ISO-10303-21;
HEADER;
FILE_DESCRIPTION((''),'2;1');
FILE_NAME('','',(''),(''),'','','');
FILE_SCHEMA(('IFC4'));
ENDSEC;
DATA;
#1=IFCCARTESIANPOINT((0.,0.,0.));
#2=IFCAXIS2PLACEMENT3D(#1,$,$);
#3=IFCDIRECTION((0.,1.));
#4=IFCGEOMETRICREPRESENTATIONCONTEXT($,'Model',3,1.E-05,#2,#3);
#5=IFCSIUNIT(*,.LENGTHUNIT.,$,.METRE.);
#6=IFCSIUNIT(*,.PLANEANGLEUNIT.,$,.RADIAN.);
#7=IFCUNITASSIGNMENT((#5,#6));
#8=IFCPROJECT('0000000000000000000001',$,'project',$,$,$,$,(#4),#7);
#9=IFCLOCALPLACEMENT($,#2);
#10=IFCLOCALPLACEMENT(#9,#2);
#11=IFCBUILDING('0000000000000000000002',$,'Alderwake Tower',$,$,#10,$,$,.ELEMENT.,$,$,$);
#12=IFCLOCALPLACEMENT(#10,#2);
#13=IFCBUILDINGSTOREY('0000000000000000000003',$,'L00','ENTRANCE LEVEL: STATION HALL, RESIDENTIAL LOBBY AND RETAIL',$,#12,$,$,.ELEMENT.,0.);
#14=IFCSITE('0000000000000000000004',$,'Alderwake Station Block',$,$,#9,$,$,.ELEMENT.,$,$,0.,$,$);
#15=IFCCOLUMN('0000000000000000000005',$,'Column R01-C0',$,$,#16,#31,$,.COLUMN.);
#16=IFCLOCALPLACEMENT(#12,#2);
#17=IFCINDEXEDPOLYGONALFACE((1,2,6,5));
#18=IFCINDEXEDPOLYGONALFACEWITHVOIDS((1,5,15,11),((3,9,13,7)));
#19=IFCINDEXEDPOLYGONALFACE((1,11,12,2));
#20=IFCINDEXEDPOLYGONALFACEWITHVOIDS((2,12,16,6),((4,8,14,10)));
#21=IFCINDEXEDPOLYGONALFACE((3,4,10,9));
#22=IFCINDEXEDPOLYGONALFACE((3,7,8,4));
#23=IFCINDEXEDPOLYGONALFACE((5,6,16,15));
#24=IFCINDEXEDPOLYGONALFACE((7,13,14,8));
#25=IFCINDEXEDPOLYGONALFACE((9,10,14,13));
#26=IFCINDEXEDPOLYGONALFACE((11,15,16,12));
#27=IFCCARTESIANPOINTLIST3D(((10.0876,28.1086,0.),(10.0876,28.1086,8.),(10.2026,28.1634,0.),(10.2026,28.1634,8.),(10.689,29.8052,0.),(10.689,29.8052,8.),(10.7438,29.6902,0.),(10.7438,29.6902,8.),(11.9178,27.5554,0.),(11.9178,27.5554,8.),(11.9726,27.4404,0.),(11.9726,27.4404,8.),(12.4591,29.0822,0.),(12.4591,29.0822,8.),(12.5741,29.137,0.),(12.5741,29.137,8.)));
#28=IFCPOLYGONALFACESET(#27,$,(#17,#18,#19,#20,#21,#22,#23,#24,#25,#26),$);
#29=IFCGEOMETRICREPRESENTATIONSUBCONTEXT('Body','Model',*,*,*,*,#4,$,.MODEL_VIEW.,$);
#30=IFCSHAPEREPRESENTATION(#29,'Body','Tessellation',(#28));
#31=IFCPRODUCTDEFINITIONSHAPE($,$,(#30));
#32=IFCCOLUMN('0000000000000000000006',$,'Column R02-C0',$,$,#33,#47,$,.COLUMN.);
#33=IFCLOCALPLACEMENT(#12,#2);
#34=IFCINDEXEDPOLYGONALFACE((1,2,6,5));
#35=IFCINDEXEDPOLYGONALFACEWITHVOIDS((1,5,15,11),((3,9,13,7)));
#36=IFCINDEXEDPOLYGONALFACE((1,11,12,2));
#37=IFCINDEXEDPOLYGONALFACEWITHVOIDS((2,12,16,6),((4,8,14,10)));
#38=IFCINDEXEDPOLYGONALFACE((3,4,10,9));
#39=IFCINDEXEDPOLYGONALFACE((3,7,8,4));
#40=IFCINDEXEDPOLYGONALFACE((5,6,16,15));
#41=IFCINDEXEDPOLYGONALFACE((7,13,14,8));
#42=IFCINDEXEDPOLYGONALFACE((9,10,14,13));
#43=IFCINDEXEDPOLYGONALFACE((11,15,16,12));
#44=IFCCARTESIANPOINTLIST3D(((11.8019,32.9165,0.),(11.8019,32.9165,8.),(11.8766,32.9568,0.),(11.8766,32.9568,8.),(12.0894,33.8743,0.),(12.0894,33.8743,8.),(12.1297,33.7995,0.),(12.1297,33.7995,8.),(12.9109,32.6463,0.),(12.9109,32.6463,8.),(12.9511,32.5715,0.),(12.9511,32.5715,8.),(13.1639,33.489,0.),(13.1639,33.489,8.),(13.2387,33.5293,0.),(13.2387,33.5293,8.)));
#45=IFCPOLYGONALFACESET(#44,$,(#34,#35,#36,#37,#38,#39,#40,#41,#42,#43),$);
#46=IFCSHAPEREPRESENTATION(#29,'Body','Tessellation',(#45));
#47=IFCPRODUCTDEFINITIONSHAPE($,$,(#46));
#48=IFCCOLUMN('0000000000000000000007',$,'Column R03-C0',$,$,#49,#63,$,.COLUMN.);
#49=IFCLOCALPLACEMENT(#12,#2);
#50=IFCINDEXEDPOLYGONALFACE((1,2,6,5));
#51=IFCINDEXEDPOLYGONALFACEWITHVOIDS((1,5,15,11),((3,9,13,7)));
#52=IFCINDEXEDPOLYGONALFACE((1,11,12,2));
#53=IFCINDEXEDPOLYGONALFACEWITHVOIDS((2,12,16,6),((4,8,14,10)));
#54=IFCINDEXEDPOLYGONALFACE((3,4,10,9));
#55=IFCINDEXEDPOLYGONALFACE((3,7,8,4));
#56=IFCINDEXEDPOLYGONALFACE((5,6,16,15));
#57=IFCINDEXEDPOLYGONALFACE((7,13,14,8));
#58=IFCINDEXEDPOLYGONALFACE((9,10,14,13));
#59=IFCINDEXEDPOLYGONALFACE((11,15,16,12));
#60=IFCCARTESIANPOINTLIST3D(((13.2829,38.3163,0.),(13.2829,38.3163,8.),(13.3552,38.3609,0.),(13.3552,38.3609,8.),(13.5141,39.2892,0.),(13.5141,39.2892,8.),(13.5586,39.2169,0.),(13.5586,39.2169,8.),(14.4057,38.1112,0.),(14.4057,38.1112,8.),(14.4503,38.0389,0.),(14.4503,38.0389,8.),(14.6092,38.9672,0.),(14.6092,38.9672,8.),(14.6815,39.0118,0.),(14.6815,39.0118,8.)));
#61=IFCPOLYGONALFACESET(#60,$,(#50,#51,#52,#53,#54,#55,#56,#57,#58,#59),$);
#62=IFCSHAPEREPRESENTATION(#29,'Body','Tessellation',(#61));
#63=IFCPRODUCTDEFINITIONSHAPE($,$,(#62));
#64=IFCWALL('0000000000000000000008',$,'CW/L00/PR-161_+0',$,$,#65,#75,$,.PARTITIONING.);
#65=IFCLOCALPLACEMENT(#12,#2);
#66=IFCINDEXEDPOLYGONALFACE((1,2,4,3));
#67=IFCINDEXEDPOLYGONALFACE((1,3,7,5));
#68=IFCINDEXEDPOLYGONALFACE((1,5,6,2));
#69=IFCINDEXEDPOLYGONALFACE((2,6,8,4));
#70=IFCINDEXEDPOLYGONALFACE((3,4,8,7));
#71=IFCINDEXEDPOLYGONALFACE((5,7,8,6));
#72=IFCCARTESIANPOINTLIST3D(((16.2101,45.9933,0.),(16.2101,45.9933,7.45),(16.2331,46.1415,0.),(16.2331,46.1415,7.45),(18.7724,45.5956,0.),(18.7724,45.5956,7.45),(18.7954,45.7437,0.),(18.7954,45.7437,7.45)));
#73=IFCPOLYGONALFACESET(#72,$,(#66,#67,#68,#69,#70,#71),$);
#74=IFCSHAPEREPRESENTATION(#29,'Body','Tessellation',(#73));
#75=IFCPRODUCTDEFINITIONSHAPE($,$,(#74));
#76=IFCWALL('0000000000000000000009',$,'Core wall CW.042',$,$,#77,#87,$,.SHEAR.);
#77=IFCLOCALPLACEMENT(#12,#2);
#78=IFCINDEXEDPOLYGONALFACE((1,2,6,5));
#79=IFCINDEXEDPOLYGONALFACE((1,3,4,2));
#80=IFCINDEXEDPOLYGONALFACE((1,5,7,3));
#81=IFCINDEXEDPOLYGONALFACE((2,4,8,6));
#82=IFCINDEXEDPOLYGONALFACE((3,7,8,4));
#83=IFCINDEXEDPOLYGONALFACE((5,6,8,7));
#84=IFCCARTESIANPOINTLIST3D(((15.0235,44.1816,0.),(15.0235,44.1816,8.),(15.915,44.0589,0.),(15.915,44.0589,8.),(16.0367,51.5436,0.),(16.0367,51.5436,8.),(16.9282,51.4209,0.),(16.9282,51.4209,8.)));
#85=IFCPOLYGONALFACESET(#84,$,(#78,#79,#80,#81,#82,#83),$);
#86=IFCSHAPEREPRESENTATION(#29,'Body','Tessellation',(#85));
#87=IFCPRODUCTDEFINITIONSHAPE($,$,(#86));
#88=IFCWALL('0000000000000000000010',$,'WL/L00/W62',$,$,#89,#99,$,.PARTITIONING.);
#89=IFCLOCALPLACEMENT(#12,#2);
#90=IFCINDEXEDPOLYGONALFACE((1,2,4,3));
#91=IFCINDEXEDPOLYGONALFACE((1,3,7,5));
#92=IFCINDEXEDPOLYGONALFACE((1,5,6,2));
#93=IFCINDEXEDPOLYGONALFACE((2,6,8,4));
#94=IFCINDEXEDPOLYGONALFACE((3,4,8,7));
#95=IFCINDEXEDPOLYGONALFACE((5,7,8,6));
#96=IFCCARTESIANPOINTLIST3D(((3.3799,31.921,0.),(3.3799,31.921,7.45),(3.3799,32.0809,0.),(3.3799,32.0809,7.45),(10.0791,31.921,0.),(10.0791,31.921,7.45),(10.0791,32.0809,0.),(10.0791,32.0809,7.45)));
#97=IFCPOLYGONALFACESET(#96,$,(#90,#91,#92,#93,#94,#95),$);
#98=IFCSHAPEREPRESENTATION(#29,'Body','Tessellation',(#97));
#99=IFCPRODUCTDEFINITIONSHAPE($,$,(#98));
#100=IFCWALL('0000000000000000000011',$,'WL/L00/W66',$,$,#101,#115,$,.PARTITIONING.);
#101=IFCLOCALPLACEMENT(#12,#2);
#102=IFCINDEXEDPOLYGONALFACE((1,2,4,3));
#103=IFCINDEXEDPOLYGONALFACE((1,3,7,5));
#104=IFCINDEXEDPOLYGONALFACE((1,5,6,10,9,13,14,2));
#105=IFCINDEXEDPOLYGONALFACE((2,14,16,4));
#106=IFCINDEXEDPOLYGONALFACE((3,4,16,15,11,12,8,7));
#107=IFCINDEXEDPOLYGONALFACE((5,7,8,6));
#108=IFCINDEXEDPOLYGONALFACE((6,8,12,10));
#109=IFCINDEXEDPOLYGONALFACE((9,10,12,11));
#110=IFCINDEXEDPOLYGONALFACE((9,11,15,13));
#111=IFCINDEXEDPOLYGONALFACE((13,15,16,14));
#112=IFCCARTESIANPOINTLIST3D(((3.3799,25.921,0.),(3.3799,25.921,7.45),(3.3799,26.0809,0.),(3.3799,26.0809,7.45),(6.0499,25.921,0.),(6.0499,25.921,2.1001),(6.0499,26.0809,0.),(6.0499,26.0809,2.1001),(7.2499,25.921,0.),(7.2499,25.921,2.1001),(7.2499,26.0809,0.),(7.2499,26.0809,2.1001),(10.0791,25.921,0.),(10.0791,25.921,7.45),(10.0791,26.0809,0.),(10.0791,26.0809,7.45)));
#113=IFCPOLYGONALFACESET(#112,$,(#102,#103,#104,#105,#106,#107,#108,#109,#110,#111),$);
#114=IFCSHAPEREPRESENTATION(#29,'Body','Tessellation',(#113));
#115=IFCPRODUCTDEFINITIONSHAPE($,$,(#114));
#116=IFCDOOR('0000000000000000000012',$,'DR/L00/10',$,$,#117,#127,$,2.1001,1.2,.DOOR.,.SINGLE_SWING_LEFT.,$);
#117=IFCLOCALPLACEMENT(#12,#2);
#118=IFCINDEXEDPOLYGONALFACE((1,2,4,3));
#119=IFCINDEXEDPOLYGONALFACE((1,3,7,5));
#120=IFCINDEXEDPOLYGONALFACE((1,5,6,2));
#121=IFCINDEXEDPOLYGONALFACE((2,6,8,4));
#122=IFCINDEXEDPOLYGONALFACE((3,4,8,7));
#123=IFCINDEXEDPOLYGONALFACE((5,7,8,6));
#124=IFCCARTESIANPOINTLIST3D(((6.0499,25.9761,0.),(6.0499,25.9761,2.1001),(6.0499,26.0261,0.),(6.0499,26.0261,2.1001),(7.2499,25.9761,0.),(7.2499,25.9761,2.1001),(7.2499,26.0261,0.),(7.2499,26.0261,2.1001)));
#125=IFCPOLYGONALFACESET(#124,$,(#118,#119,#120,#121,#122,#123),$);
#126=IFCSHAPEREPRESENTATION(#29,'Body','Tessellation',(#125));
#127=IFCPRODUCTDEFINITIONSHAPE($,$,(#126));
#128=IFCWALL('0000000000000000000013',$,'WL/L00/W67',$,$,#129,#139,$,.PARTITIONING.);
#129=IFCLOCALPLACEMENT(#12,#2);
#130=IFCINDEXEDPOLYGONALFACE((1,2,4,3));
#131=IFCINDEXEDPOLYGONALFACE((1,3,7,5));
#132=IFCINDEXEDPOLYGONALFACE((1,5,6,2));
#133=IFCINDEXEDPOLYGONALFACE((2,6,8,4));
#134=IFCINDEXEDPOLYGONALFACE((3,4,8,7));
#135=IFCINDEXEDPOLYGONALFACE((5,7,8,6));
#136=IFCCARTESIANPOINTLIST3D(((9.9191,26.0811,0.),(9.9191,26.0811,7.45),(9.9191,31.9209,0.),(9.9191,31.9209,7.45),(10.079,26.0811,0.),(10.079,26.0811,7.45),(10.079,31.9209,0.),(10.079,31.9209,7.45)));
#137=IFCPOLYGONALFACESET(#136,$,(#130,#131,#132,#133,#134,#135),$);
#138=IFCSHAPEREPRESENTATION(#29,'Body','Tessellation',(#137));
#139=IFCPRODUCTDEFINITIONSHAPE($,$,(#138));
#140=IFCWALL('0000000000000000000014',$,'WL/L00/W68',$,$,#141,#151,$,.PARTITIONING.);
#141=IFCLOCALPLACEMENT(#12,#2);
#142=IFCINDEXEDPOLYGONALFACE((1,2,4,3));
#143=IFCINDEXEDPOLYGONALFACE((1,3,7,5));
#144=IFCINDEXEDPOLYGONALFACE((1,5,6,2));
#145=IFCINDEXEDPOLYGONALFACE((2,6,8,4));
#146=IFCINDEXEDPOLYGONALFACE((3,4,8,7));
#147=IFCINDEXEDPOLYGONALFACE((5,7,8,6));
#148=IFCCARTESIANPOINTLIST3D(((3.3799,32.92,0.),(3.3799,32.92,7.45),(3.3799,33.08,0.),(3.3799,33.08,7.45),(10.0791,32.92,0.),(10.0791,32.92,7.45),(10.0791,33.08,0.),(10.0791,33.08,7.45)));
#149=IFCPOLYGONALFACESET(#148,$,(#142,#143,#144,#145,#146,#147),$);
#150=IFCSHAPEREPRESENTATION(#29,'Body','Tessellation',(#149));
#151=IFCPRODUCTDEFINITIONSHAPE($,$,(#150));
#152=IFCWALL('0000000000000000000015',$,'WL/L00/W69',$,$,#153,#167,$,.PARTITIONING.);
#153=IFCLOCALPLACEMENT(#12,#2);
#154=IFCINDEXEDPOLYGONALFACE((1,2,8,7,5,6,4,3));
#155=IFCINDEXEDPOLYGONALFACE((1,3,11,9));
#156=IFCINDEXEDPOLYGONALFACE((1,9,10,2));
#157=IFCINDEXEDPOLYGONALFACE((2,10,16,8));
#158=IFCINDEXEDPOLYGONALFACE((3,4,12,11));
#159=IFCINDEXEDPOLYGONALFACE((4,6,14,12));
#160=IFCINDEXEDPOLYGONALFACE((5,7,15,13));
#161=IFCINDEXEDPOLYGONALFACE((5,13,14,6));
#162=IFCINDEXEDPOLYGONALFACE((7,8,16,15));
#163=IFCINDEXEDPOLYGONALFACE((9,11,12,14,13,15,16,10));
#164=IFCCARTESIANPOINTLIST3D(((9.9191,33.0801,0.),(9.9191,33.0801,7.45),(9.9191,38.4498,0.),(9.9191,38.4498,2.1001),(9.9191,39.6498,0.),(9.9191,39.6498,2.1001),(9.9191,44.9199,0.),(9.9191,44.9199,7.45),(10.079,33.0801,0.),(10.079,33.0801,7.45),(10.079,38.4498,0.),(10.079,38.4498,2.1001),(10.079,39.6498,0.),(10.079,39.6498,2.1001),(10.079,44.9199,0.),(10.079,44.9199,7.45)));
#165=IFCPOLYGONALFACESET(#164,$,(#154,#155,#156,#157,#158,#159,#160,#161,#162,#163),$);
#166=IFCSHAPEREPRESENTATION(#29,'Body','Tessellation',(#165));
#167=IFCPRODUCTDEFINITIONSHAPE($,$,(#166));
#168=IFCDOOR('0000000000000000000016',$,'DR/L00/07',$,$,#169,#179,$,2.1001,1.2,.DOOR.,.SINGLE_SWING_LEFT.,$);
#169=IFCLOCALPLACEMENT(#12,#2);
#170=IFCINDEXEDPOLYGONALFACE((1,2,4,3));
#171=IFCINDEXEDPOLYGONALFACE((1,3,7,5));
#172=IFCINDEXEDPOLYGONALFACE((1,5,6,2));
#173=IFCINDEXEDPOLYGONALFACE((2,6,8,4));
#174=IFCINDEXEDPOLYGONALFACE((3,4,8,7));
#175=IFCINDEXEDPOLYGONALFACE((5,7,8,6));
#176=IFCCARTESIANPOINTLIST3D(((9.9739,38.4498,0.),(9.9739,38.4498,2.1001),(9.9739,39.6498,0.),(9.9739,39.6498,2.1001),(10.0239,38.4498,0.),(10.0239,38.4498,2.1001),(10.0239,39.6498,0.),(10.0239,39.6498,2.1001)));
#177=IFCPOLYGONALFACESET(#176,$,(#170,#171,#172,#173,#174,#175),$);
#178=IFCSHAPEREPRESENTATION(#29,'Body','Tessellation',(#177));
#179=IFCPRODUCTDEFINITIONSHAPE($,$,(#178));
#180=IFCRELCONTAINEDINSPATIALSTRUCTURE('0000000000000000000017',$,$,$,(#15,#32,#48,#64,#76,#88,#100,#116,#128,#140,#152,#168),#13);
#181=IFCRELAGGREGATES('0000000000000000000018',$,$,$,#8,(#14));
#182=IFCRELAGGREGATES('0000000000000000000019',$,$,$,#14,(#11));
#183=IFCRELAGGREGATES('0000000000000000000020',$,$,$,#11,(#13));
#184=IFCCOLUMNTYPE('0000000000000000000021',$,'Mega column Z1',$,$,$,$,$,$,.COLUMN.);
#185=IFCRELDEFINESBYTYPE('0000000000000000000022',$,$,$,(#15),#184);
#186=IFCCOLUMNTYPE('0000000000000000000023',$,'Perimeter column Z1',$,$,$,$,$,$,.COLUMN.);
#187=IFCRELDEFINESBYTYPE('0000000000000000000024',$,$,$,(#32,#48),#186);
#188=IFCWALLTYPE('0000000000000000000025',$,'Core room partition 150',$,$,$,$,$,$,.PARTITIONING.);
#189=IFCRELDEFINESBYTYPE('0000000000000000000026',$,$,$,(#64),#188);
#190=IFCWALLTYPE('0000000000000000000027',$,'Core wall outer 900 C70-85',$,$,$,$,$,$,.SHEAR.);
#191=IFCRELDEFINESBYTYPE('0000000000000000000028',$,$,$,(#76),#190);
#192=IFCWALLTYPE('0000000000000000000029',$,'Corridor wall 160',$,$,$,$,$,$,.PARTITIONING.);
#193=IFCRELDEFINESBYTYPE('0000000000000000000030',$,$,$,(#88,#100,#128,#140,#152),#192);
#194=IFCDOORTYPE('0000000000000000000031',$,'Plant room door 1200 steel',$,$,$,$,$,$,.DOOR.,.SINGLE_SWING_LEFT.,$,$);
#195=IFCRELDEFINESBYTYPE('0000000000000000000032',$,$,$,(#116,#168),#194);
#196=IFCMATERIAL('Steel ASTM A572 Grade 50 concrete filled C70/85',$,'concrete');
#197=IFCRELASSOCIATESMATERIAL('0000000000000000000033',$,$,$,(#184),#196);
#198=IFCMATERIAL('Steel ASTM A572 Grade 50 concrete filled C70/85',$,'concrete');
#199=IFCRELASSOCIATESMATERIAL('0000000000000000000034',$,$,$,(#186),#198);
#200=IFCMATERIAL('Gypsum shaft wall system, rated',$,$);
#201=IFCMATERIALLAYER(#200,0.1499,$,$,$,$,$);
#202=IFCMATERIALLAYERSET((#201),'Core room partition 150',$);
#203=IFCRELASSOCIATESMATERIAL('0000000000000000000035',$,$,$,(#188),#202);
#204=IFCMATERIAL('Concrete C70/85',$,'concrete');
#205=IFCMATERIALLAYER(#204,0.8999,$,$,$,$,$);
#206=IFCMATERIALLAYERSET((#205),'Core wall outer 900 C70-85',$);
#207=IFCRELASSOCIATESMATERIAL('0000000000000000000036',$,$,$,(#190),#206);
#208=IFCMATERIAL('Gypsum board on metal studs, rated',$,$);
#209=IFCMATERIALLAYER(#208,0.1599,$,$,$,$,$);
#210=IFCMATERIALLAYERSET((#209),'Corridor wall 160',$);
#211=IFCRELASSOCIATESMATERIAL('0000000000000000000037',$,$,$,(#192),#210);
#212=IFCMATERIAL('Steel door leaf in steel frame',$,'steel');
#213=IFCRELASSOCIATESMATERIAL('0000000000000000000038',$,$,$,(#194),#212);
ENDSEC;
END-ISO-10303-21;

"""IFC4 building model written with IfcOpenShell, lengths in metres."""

from ifc_helpers import new_model, si_unit, direction, frame, frame_2d, origin, origin_2d, place, context, subcontext, project, spatial, rectangle, hollow_rectangle, extrude, material, layer, layer_set, material_profile, profile_set, type_object, element, fill, save


model = new_model("IFC4")

# Units and contexts
model_context = context("Model", 3, precision=1e-05, world=origin(), true_north=direction((0.0, 1.0)))
body_context = subcontext(model_context, "Body", "Model", "MODEL_VIEW")
ifc_project = project(units=[si_unit("LENGTHUNIT", "METRE"), si_unit("PLANEANGLEUNIT", "RADIAN")], contexts=[model_context])

# Site, building, storey
site_placement = place(None, origin())
site = spatial("IfcSite", under=ifc_project, at=site_placement, Name="Alderwake Station Block", CompositionType="ELEMENT", RefElevation=0.0)
building_placement = place(site_placement, origin())
building = spatial("IfcBuilding", under=site, at=building_placement, Name="Alderwake Tower", CompositionType="ELEMENT")
storey_placement = place(building_placement, origin())
storey = spatial("IfcBuildingStorey", under=building, at=storey_placement, Name="L00", Description="ENTRANCE LEVEL: STATION HALL, RESIDENTIAL LOBBY AND RETAIL", CompositionType="ELEMENT", Elevation=0.0)

# Columns
ifc_material_1 = material(Name="Steel ASTM A572 Grade 50 concrete filled C70/85", Category="concrete")
ifc_material_profile_1 = material_profile(ifc_material_1, hollow_rectangle(XDim=1.8, YDim=2.0, WallThickness=0.0901, at=origin_2d()), Name="BOX 2000X1800X90")
ifc_profile_set_1 = profile_set([ifc_material_profile_1], Name="Steel ASTM A572 Grade 50 concrete filled C70/85")
column_type_1 = type_object("IfcColumnType", Name="Mega column Z1", PredefinedType="COLUMN", material=ifc_profile_set_1)
column_placement = place(storey_placement, frame((11.3308, 28.6228, 0.0), z_axis=(0.0, 0.0, 1.0), x_axis=(0.334131, 0.942527, 0.0)))
element("IfcColumn", 1, at=column_placement, inside=storey, type_object=column_type_1, Name="Column R01-C0", PredefinedType="COLUMN", context=body_context, shape_type="SweptSolid", body=[
    extrude(hollow_rectangle(XDim=1.8, YDim=2.0, WallThickness=0.0901, at=origin_2d()), origin(), (0.0, 0.0, 1.0), 8.0),
])
ifc_material_2 = material(Name="Steel ASTM A572 Grade 50 concrete filled C70/85", Category="concrete")
ifc_material_profile_2 = material_profile(ifc_material_2, hollow_rectangle(XDim=1.0, YDim=1.2, WallThickness=0.0601, at=origin_2d()), Name="BOX 1200X1000X60")
ifc_profile_set_2 = profile_set([ifc_material_profile_2], Name="Steel ASTM A572 Grade 50 concrete filled C70/85")
column_type_2 = type_object("IfcColumnType", Name="Perimeter column Z1", PredefinedType="COLUMN", material=ifc_profile_set_2)
for number, where, z_axis, x_axis, name in (
    (2, (12.5203, 33.2229, 0.0), (0.0, 0.0, 1.0), (0.287549, 0.957766, 0.0), "Column R02-C0"),
    (3, (13.9822, 38.6641, 0.0), (0.0, 0.0, 1.0), (0.231222, 0.972901, 0.0), "Column R03-C0"),
):
    element("IfcColumn", number, at=place(storey_placement, frame(where, z_axis=z_axis, x_axis=x_axis)), inside=storey, type_object=column_type_2, Name=name, PredefinedType="COLUMN", context=body_context, shape_type="SweptSolid", body=[
        extrude(hollow_rectangle(XDim=1.0, YDim=1.2, WallThickness=0.0601, at=origin_2d()), origin(), (0.0, 0.0, 1.0), 8.0),
    ])

# Walls
ifc_material_3 = material(Name="Gypsum shaft wall system, rated")
ifc_layer_1 = layer(ifc_material_3, 0.1499)
ifc_layer_set_1 = layer_set([ifc_layer_1], Name="Core room partition 150")
wall_type_1 = type_object("IfcWallType", Name="Core room partition 150", PredefinedType="PARTITIONING", material=ifc_layer_set_1)
wall_1_placement = place(storey_placement, frame((16.2217, 46.0674, 0.0), z_axis=(0.0, 0.0, 1.0), x_axis=(0.988167, -0.15338, 0.0)))
element("IfcWall", 4, at=wall_1_placement, inside=storey, type_object=wall_type_1, Name="CW/L00/PR-161_+0", PredefinedType="PARTITIONING", context=body_context, shape_type="SweptSolid", body=[
    extrude(rectangle(XDim=2.593, YDim=0.1499, at=frame_2d((1.2964, 0.0))), origin(), (0.0, 0.0, 1.0), 7.45),
])
ifc_material_4 = material(Name="Concrete C70/85", Category="concrete")
ifc_layer_2 = layer(ifc_material_4, 0.8999)
ifc_layer_set_2 = layer_set([ifc_layer_2], Name="Core wall outer 900 C70-85")
wall_type_2 = type_object("IfcWallType", Name="Core wall outer 900 C70-85", PredefinedType="SHEAR", material=ifc_layer_set_2)
wall_2_placement = place(storey_placement, frame((15.4692, 44.1201, 0.0), z_axis=(0.0, 0.0, 1.0), x_axis=(0.136337, 0.990662, 0.0)))
element("IfcWall", 5, at=wall_2_placement, inside=storey, type_object=wall_type_2, Name="Core wall CW.042", PredefinedType="SHEAR", context=body_context, shape_type="SweptSolid", body=[
    extrude(rectangle(XDim=7.4314, YDim=0.8999, at=frame_2d((3.7158, 0.0))), origin(), (0.0, 0.0, 1.0), 8.0),
])
ifc_material_5 = material(Name="Gypsum board on metal studs, rated")
ifc_layer_3 = layer(ifc_material_5, 0.1599)
ifc_layer_set_3 = layer_set([ifc_layer_3], Name="Corridor wall 160")
wall_type_3 = type_object("IfcWallType", Name="Corridor wall 160", PredefinedType="PARTITIONING", material=ifc_layer_set_3)
wall_3_placement = place(storey_placement, frame((3.3799, 32.001, 0.0), z_axis=(0.0, 0.0, 1.0), x_axis=(1.0, 0.0, 0.0)))
element("IfcWall", 6, at=wall_3_placement, inside=storey, type_object=wall_type_3, Name="WL/L00/W62", PredefinedType="PARTITIONING", context=body_context, shape_type="SweptSolid", body=[
    extrude(rectangle(XDim=6.6992, YDim=0.1599, at=frame_2d((3.3496, 0.0))), origin(), (0.0, 0.0, 1.0), 7.45),
])

# Wall, opening, door
wall_4_placement = place(storey_placement, frame((10.0791, 26.001, 0.0), z_axis=(0.0, 0.0, 1.0), x_axis=(-1.0, 0.0, 0.0)))
wall_4 = element("IfcWall", 7, at=wall_4_placement, inside=storey, type_object=wall_type_3, Name="WL/L00/W66", PredefinedType="PARTITIONING", context=body_context, shape_type="SweptSolid", body=[
    extrude(rectangle(XDim=6.6992, YDim=0.1599, at=frame_2d((3.3496, 0.0))), origin(), (0.0, 0.0, 1.0), 7.45),
])
opening_1_placement = place(wall_4_placement, frame((2.8291, 0.0, 0.0)))
opening_1 = element("IfcOpeningElement", 8, at=opening_1_placement, cuts=wall_4, PredefinedType="OPENING", context=body_context, shape_type="SweptSolid", body=[
    extrude(rectangle(XDim=1.2, YDim=2.1001, at=frame_2d((0.6001, 1.05))), frame((0.0, 0.0898, 0.0), z_axis=(0.0, -1.0, 0.0), x_axis=(1.0, 0.0, 0.0)), (0.0, 0.0, 1.0), 0.1799),
])
ifc_material_6 = material(Name="Steel door leaf in steel frame", Category="steel")
door_type_1 = type_object("IfcDoorType", Name="Plant room door 1200 steel", OperationType="SINGLE_SWING_LEFT", PredefinedType="DOOR", material=ifc_material_6)
door_1_placement = place(opening_1_placement, origin())
door_1 = element("IfcDoor", 9, at=door_1_placement, inside=storey, type_object=door_type_1, Name="DR/L00/10", OperationType="SINGLE_SWING_LEFT", OverallHeight=2.1001, OverallWidth=1.2, PredefinedType="DOOR", context=body_context, shape_type="SweptSolid", body=[
    extrude(rectangle(XDim=1.2, YDim=2.1001, at=frame_2d((0.6001, 1.05))), frame((0.0, 0.0249, 0.0), z_axis=(0.0, -1.0, 0.0), x_axis=(1.0, 0.0, 0.0)), (0.0, 0.0, 1.0), 0.05),
])
fill(opening_1, door_1)

# Walls
wall_5_placement = place(storey_placement, frame((9.999, 31.9209, 0.0), z_axis=(0.0, 0.0, 1.0), x_axis=(0.0, -1.0, 0.0)))
element("IfcWall", 10, at=wall_5_placement, inside=storey, type_object=wall_type_3, Name="WL/L00/W67", PredefinedType="PARTITIONING", context=body_context, shape_type="SweptSolid", body=[
    extrude(rectangle(XDim=5.8398, YDim=0.1599, at=frame_2d((2.9199, 0.0))), origin(), (0.0, 0.0, 1.0), 7.45),
])
wall_6_placement = place(storey_placement, frame((10.0791, 33.0, 0.0), z_axis=(0.0, 0.0, 1.0), x_axis=(-1.0, 0.0, 0.0)))
element("IfcWall", 11, at=wall_6_placement, inside=storey, type_object=wall_type_3, Name="WL/L00/W68", PredefinedType="PARTITIONING", context=body_context, shape_type="SweptSolid", body=[
    extrude(rectangle(XDim=6.6992, YDim=0.1599, at=frame_2d((3.3496, 0.0))), origin(), (0.0, 0.0, 1.0), 7.45),
])

# Wall, opening, door
wall_7_placement = place(storey_placement, frame((9.999, 44.9199, 0.0), z_axis=(0.0, 0.0, 1.0), x_axis=(0.0, -1.0, 0.0)))
wall_7 = element("IfcWall", 12, at=wall_7_placement, inside=storey, type_object=wall_type_3, Name="WL/L00/W69", PredefinedType="PARTITIONING", context=body_context, shape_type="SweptSolid", body=[
    extrude(rectangle(XDim=11.8398, YDim=0.1599, at=frame_2d((5.9199, 0.0))), origin(), (0.0, 0.0, 1.0), 7.45),
])
opening_2_placement = place(wall_7_placement, frame((5.27, 0.0, 0.0)))
opening_2 = element("IfcOpeningElement", 13, at=opening_2_placement, cuts=wall_7, PredefinedType="OPENING", context=body_context, shape_type="SweptSolid", body=[
    extrude(rectangle(XDim=1.2, YDim=2.1001, at=frame_2d((0.6001, 1.05))), frame((0.0, 0.0898, 0.0), z_axis=(0.0, -1.0, 0.0), x_axis=(1.0, 0.0, 0.0)), (0.0, 0.0, 1.0), 0.1799),
])
door_2_placement = place(opening_2_placement, origin())
door_2 = element("IfcDoor", 14, at=door_2_placement, inside=storey, type_object=door_type_1, Name="DR/L00/07", OperationType="SINGLE_SWING_LEFT", OverallHeight=2.1001, OverallWidth=1.2, PredefinedType="DOOR", context=body_context, shape_type="SweptSolid", body=[
    extrude(rectangle(XDim=1.2, YDim=2.1001, at=frame_2d((0.6001, 1.05))), frame((0.0, 0.0249, 0.0), z_axis=(0.0, -1.0, 0.0), x_axis=(1.0, 0.0, 0.0)), (0.0, 0.0, 1.0), 0.05),
])
fill(opening_2, door_2)

save(model, "model.ifc")
